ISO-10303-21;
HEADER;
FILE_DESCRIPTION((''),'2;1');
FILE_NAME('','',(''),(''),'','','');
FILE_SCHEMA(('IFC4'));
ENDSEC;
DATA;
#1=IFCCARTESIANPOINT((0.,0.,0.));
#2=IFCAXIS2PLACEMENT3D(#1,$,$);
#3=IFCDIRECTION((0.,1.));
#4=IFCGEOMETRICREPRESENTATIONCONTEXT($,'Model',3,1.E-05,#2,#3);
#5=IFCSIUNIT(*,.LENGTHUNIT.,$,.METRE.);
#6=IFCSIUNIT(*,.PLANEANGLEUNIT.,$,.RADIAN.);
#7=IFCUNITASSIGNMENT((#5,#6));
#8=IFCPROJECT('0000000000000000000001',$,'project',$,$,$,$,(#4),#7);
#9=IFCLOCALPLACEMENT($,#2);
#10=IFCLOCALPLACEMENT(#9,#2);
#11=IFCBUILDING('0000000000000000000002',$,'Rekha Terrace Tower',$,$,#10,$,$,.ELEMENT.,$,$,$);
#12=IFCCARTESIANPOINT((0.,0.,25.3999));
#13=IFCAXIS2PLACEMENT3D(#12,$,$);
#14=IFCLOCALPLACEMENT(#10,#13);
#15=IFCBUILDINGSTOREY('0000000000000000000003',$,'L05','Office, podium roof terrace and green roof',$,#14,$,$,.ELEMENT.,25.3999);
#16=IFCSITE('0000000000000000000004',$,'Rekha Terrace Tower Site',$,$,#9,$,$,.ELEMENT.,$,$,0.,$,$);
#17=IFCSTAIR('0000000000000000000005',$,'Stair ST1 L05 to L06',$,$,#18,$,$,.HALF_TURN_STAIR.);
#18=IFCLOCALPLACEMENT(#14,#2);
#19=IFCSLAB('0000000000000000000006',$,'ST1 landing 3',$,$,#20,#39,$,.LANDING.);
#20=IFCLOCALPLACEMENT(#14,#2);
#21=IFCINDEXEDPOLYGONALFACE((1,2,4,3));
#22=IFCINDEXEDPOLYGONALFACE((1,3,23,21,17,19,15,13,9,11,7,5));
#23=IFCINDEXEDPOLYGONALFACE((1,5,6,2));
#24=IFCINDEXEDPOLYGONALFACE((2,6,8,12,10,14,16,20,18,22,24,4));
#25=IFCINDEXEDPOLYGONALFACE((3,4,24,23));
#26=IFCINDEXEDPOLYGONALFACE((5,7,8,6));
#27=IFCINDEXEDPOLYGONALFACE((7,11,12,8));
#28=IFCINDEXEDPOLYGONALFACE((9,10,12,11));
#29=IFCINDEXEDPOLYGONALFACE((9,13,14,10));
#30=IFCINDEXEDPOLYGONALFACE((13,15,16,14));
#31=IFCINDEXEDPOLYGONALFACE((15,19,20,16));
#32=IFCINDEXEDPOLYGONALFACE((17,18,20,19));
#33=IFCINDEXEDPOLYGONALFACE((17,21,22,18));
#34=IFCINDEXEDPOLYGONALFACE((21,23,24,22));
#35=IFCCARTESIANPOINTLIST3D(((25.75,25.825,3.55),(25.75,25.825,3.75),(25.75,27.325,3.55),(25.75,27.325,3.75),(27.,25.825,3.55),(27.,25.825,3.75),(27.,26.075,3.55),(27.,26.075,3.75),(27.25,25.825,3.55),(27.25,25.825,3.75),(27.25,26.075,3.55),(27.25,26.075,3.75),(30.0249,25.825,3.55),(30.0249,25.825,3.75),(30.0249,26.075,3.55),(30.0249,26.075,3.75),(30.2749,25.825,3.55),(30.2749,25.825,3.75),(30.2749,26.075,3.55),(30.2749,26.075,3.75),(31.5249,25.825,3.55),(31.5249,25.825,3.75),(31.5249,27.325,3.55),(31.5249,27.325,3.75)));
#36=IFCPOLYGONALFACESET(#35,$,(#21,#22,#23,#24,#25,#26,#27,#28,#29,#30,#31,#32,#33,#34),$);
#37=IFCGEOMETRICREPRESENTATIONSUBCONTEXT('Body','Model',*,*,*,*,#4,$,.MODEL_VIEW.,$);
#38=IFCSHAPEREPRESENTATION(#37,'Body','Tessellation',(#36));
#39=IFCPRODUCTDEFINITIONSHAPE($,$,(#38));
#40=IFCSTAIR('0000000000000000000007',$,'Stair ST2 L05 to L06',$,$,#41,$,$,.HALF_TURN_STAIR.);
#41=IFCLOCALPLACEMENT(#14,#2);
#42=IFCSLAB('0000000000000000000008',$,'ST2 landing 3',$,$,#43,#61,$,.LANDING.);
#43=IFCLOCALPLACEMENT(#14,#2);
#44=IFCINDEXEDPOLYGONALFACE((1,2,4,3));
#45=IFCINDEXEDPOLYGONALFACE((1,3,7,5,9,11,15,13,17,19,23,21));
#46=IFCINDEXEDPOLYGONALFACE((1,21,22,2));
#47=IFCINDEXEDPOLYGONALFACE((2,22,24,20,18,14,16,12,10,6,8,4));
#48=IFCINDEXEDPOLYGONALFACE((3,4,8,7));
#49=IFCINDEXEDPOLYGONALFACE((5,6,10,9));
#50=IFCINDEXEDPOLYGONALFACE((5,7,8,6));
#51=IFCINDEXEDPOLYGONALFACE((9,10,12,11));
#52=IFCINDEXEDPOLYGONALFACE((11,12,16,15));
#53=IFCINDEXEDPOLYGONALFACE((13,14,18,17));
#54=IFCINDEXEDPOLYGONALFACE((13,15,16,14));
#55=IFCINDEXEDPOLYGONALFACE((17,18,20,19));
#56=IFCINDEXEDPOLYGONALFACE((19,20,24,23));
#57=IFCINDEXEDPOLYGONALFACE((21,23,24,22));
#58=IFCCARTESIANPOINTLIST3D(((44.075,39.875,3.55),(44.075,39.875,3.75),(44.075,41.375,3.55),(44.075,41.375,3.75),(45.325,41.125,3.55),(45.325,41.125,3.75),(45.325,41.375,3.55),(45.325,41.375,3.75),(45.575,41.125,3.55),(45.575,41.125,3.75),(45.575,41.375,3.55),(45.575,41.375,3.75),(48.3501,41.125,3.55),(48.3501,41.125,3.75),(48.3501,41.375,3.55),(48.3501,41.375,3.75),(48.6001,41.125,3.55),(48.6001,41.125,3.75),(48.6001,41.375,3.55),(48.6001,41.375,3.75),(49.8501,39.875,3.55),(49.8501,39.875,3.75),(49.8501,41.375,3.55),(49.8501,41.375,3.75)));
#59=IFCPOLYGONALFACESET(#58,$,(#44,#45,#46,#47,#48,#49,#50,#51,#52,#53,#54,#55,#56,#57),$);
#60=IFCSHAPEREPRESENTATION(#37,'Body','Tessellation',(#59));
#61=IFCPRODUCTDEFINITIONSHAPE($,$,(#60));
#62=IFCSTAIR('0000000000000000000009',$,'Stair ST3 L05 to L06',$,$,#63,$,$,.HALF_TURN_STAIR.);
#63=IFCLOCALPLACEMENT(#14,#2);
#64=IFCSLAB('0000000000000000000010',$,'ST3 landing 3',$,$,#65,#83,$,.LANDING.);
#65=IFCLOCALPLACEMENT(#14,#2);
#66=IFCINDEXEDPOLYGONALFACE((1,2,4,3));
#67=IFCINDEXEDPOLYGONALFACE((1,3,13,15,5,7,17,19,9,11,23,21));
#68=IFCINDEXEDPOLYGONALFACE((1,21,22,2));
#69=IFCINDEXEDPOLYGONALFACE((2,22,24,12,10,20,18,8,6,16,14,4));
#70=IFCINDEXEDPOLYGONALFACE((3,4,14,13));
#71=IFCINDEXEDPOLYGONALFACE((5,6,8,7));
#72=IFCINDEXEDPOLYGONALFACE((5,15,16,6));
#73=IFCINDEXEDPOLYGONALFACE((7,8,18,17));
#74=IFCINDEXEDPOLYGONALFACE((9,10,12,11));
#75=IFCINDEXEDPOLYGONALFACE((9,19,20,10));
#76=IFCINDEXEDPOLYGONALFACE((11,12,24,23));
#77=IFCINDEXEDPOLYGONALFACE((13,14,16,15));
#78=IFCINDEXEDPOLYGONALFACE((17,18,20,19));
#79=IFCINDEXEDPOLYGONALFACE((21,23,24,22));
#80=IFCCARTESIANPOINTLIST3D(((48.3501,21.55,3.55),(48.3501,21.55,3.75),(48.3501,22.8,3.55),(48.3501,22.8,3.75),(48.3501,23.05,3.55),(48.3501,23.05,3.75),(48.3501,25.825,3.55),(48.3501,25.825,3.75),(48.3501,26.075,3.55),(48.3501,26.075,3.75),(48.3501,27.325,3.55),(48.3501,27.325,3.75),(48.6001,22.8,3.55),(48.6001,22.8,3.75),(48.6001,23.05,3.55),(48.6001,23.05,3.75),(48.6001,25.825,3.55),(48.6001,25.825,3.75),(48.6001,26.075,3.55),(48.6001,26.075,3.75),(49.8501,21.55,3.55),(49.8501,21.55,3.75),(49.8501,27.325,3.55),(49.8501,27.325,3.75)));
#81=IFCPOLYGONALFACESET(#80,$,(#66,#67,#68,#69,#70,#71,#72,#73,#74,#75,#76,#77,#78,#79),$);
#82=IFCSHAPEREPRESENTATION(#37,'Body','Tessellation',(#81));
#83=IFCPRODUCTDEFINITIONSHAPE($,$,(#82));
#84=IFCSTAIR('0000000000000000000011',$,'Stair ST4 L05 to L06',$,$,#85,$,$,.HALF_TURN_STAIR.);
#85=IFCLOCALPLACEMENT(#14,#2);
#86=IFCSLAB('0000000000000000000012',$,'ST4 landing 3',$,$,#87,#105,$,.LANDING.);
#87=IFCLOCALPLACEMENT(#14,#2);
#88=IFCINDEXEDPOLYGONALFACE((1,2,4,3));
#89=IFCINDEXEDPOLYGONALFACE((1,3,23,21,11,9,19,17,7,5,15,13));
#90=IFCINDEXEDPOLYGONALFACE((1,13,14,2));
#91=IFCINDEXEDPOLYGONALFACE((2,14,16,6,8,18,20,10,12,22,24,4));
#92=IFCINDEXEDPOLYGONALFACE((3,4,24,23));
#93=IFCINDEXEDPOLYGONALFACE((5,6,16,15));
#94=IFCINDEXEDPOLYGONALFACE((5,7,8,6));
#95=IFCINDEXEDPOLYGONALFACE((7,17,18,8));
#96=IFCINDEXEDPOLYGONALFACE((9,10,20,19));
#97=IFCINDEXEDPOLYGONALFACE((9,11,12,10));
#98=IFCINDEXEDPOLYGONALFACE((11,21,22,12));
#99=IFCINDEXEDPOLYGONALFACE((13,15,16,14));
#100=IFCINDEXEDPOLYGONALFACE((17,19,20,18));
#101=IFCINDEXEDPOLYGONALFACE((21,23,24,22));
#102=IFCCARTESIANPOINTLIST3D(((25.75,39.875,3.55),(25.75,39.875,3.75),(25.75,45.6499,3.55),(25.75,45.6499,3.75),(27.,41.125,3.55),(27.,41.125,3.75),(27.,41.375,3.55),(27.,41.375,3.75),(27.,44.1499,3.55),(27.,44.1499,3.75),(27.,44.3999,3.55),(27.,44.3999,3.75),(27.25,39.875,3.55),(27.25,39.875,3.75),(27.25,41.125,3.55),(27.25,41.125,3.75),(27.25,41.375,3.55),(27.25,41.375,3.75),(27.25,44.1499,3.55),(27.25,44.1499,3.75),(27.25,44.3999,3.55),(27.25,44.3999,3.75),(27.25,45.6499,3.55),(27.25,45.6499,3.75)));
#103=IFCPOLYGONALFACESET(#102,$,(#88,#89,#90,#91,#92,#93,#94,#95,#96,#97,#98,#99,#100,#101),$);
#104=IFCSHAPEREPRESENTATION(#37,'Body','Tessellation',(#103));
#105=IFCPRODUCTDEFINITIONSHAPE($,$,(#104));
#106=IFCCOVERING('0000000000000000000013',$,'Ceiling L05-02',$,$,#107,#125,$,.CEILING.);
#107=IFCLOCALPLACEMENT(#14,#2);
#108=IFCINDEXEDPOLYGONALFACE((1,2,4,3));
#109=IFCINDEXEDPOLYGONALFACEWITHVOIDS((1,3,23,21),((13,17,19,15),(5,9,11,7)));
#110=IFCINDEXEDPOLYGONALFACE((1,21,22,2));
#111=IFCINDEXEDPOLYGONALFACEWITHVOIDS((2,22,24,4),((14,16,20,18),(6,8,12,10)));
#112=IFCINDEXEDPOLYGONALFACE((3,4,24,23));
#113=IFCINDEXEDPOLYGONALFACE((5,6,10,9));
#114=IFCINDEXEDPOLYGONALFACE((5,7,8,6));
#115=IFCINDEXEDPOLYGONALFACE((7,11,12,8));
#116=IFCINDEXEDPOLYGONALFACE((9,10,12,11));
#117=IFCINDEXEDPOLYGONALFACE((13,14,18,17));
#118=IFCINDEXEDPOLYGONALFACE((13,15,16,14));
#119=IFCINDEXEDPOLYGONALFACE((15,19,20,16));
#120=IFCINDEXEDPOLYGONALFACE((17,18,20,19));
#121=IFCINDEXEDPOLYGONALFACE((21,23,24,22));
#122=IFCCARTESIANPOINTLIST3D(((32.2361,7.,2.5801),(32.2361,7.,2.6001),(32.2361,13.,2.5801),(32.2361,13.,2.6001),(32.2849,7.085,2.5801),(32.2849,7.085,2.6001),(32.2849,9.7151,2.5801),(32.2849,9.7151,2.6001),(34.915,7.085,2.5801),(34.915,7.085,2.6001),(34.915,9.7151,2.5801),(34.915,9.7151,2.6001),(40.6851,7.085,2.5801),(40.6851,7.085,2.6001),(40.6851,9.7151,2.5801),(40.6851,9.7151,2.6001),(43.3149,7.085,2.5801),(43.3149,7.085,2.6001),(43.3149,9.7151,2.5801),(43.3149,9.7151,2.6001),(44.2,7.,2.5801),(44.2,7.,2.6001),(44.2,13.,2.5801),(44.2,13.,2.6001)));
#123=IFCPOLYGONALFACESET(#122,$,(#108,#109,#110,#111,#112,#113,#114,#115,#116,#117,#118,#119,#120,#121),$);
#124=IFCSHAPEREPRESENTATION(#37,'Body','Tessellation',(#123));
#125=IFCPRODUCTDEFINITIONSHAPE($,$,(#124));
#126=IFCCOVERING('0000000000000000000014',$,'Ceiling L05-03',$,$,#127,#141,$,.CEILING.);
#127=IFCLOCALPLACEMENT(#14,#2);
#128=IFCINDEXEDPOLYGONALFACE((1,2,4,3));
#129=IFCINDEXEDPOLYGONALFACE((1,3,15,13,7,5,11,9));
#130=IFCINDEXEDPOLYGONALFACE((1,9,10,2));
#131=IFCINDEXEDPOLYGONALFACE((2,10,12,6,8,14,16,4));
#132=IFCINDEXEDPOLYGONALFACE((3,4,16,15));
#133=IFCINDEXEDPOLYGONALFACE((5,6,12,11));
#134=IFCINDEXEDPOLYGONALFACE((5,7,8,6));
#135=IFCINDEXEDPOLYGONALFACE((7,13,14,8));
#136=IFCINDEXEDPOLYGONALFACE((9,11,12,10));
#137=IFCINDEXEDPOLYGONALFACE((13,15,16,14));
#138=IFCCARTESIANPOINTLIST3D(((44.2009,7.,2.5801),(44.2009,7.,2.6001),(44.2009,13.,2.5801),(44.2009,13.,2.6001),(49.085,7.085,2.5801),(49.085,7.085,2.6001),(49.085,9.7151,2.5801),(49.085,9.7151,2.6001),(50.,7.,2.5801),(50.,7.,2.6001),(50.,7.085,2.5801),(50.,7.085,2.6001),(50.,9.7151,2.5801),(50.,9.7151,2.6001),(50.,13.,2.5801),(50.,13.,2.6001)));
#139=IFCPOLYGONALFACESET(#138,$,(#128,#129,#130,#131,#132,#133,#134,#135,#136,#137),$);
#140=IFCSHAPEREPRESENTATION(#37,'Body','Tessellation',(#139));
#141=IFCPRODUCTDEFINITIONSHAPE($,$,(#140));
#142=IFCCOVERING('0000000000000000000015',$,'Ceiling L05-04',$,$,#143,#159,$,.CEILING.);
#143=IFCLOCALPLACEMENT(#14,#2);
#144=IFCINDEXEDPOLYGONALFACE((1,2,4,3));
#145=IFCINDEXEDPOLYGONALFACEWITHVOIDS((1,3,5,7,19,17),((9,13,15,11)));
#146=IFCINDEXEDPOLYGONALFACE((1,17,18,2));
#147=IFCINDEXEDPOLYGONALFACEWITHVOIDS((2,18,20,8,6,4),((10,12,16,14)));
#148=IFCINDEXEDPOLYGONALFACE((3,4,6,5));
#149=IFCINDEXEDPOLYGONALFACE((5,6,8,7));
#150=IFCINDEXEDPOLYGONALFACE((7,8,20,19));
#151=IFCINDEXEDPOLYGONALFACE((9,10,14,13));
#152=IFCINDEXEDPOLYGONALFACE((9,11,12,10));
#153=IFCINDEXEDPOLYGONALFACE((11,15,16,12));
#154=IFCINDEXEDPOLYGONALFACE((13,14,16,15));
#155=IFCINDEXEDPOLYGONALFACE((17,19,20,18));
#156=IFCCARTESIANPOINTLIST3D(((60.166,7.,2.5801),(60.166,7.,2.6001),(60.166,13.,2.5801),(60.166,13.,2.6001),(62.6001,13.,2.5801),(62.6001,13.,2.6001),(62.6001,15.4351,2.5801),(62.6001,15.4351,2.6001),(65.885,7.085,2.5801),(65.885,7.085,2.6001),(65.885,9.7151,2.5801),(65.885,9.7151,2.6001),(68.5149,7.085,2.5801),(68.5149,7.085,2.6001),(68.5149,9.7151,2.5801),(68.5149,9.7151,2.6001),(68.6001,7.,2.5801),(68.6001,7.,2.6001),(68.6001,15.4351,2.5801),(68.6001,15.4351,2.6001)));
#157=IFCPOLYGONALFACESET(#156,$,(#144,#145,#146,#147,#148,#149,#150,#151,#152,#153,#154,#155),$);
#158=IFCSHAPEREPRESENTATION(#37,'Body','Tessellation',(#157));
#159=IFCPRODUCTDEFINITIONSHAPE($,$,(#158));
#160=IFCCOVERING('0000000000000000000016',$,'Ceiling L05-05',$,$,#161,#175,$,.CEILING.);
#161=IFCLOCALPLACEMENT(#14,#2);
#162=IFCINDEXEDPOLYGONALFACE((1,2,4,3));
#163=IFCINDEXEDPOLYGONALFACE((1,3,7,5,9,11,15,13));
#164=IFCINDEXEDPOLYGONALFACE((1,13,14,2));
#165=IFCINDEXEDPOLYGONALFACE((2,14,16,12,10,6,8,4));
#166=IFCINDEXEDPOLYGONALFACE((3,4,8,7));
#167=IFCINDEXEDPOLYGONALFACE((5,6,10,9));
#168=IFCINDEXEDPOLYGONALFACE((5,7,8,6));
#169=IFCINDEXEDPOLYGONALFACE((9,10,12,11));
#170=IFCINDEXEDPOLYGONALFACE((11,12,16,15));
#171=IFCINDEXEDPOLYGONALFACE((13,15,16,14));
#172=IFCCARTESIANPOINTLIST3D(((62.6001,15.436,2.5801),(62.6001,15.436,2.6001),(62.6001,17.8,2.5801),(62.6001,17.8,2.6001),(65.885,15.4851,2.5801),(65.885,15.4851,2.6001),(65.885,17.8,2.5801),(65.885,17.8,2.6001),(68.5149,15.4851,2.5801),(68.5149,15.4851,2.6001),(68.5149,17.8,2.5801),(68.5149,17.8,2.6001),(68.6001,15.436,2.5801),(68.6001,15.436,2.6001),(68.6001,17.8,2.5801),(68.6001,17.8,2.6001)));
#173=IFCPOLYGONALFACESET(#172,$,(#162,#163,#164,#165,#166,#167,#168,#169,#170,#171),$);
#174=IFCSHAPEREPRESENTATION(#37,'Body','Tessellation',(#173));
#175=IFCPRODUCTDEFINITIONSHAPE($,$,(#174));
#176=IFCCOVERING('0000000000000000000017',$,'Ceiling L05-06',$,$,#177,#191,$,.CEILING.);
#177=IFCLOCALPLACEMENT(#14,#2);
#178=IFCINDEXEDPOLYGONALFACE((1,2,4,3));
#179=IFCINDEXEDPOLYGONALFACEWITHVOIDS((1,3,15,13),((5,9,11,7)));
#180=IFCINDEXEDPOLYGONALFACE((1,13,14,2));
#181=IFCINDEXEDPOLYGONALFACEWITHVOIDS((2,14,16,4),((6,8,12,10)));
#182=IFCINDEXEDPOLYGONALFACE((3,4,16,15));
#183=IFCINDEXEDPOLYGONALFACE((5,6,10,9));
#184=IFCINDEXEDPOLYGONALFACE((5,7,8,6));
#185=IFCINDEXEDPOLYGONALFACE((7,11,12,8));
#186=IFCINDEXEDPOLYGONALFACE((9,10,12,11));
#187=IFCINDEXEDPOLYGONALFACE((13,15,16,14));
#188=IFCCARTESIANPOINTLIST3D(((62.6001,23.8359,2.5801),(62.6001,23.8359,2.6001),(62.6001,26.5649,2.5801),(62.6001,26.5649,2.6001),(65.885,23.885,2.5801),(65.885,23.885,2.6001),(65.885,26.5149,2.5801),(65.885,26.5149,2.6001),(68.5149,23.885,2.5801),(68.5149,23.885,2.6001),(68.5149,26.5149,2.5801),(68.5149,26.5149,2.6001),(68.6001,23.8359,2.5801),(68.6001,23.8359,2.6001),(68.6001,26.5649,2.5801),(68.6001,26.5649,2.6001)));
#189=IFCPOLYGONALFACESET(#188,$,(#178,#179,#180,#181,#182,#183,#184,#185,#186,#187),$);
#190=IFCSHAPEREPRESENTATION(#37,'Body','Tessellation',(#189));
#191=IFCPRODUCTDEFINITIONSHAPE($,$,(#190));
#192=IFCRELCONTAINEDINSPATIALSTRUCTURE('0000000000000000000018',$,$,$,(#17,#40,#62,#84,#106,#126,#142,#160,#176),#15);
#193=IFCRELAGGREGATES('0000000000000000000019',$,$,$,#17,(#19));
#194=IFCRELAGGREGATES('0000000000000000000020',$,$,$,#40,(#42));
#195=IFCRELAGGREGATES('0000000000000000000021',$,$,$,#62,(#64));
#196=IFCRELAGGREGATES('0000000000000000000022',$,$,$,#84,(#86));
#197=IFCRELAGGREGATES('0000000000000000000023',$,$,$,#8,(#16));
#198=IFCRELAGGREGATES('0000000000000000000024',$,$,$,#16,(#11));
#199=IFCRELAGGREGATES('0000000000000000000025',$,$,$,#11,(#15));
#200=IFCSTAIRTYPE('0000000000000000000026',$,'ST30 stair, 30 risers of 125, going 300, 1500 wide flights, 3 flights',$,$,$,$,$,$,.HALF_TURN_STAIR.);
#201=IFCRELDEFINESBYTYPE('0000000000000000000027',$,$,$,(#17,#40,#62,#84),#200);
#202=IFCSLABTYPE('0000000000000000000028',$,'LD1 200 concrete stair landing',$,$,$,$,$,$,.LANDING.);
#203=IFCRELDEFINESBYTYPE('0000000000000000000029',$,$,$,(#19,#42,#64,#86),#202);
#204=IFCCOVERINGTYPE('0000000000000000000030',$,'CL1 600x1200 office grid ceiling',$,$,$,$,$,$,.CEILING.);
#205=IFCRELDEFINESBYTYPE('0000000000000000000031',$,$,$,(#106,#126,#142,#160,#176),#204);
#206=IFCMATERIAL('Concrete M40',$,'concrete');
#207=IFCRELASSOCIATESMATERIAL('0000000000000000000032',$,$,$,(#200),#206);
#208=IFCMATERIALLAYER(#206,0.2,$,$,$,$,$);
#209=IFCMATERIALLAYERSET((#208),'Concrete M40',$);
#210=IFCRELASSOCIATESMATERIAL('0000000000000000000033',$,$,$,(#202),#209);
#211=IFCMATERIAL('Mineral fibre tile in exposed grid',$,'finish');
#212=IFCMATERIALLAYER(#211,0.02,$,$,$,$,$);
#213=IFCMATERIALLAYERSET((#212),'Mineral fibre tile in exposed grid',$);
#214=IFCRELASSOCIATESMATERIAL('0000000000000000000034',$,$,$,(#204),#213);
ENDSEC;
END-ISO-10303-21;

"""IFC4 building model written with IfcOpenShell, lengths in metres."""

from ifc_helpers import new_model, si_unit, direction, frame, origin, place, context, subcontext, project, spatial, polyline, outline, extrude, material, layer, layer_set, type_object, element, aggregate, save


model = new_model("IFC4")

# Units and contexts
model_context = context("Model", 3, precision=1e-05, world=origin(), true_north=direction((0.0, 1.0)))
body_context = subcontext(model_context, "Body", "Model", "MODEL_VIEW")
ifc_project = project(units=[si_unit("LENGTHUNIT", "METRE"), si_unit("PLANEANGLEUNIT", "RADIAN")], contexts=[model_context])

# Site, building, storey
site_placement = place(None, origin())
site = spatial("IfcSite", under=ifc_project, at=site_placement, Name="Rekha Terrace Tower Site", CompositionType="ELEMENT", RefElevation=0.0)
building_placement = place(site_placement, origin())
building = spatial("IfcBuilding", under=site, at=building_placement, Name="Rekha Terrace Tower", CompositionType="ELEMENT")
storey_placement = place(building_placement, frame((0.0, 0.0, 25.3999)))
storey = spatial("IfcBuildingStorey", under=building, at=storey_placement, Name="L05", Description="Office, podium roof terrace and green roof", CompositionType="ELEMENT", Elevation=25.3999)

# Stairs, slabs
ifc_material_1 = material(Name="Concrete M40", Category="concrete")
stair_type = type_object("IfcStairType", Name="ST30 stair, 30 risers of 125, going 300, 1500 wide flights, 3 flights", PredefinedType="HALF_TURN_STAIR", material=ifc_material_1)
stair_1_placement = place(storey_placement, origin())
stair_1 = element("IfcStair", 1, at=stair_1_placement, inside=storey, type_object=stair_type, Name="Stair ST1 L05 to L06", PredefinedType="HALF_TURN_STAIR")
ifc_layer_1 = layer(ifc_material_1, 0.2)
ifc_layer_set_1 = layer_set([ifc_layer_1], Name="Concrete M40")
slab_type = type_object("IfcSlabType", Name="LD1 200 concrete stair landing", PredefinedType="LANDING", material=ifc_layer_set_1)
slab_1_placement = place(storey_placement, frame((0.0, 0.0, 3.55)))
slab_1 = element("IfcSlab", 2, at=slab_1_placement, type_object=slab_type, Name="ST1 landing 3", PredefinedType="LANDING", context=body_context, shape_type="SweptSolid", body=[
    extrude(outline(polyline([(31.5249, 25.825), (31.5249, 27.325), (25.75, 27.325), (25.75, 25.825), (27.0, 25.825), (27.0, 26.075), (27.25, 26.075), (27.25, 25.825), (30.0249, 25.825), (30.0249, 26.075), (30.2749, 26.075), (30.2749, 25.825), (31.5249, 25.825)])), origin(), (0.0, 0.0, 1.0), 0.2),
])
aggregate(stair_1, [slab_1])
stair_2_placement = place(storey_placement, origin())
stair_2 = element("IfcStair", 3, at=stair_2_placement, inside=storey, type_object=stair_type, Name="Stair ST2 L05 to L06", PredefinedType="HALF_TURN_STAIR")
slab_2_placement = place(storey_placement, frame((0.0, 0.0, 3.55)))
slab_2 = element("IfcSlab", 4, at=slab_2_placement, type_object=slab_type, Name="ST2 landing 3", PredefinedType="LANDING", context=body_context, shape_type="SweptSolid", body=[
    extrude(outline(polyline([(44.075, 41.375), (44.075, 39.875), (49.8501, 39.875), (49.8501, 41.375), (48.6001, 41.375), (48.6001, 41.125), (48.3501, 41.125), (48.3501, 41.375), (45.575, 41.375), (45.575, 41.125), (45.325, 41.125), (45.325, 41.375), (44.075, 41.375)])), origin(), (0.0, 0.0, 1.0), 0.2),
])
aggregate(stair_2, [slab_2])
stair_3_placement = place(storey_placement, origin())
stair_3 = element("IfcStair", 5, at=stair_3_placement, inside=storey, type_object=stair_type, Name="Stair ST3 L05 to L06", PredefinedType="HALF_TURN_STAIR")
slab_3_placement = place(storey_placement, frame((0.0, 0.0, 3.55)))
slab_3 = element("IfcSlab", 6, at=slab_3_placement, type_object=slab_type, Name="ST3 landing 3", PredefinedType="LANDING", context=body_context, shape_type="SweptSolid", body=[
    extrude(outline(polyline([(48.3501, 21.55), (49.8501, 21.55), (49.8501, 27.325), (48.3501, 27.325), (48.3501, 26.075), (48.6001, 26.075), (48.6001, 25.825), (48.3501, 25.825), (48.3501, 23.05), (48.6001, 23.05), (48.6001, 22.8), (48.3501, 22.8), (48.3501, 21.55)])), origin(), (0.0, 0.0, 1.0), 0.2),
])
aggregate(stair_3, [slab_3])
stair_4_placement = place(storey_placement, origin())
stair_4 = element("IfcStair", 7, at=stair_4_placement, inside=storey, type_object=stair_type, Name="Stair ST4 L05 to L06", PredefinedType="HALF_TURN_STAIR")
slab_4_placement = place(storey_placement, frame((0.0, 0.0, 3.55)))
slab_4 = element("IfcSlab", 8, at=slab_4_placement, type_object=slab_type, Name="ST4 landing 3", PredefinedType="LANDING", context=body_context, shape_type="SweptSolid", body=[
    extrude(outline(polyline([(27.25, 39.875), (25.75, 39.875), (25.75, 45.6499), (27.25, 45.6499), (27.25, 44.3999), (27.0, 44.3999), (27.0, 44.1499), (27.25, 44.1499), (27.25, 41.375), (27.0, 41.375), (27.0, 41.125), (27.25, 41.125), (27.25, 39.875)])), origin(), (0.0, 0.0, 1.0), 0.2),
])
aggregate(stair_4, [slab_4])

# Coverings
ifc_material_2 = material(Name="Mineral fibre tile in exposed grid", Category="finish")
ifc_layer_2 = layer(ifc_material_2, 0.02)
ifc_layer_set_2 = layer_set([ifc_layer_2], Name="Mineral fibre tile in exposed grid")
covering_type_1 = type_object("IfcCoveringType", Name="CL1 600x1200 office grid ceiling", PredefinedType="CEILING", material=ifc_layer_set_2)
covering_1_placement = place(storey_placement, frame((0.0, 0.0, 2.5801)))
element("IfcCovering", 9, at=covering_1_placement, inside=storey, type_object=covering_type_1, Name="Ceiling L05-02", PredefinedType="CEILING", context=body_context, shape_type="SweptSolid", body=[
    extrude(outline(polyline([(44.2, 7.0), (44.2, 13.0), (32.2361, 13.0), (32.2361, 7.0), (44.2, 7.0)]), holes=[polyline([(43.3149, 7.085), (40.6851, 7.085), (40.6851, 9.7151), (43.3149, 9.7151), (43.3149, 7.085)]), polyline([(34.915, 7.085), (32.2849, 7.085), (32.2849, 9.7151), (34.915, 9.7151), (34.915, 7.085)])]), origin(), (0.0, 0.0, 1.0), 0.02),
])
covering_2_placement = place(storey_placement, frame((0.0, 0.0, 2.5801)))
element("IfcCovering", 10, at=covering_2_placement, inside=storey, type_object=covering_type_1, Name="Ceiling L05-03", PredefinedType="CEILING", context=body_context, shape_type="SweptSolid", body=[
    extrude(outline(polyline([(50.0, 9.7151), (50.0, 13.0), (44.2009, 13.0), (44.2009, 7.0), (50.0, 7.0), (50.0, 7.085), (49.085, 7.085), (49.085, 9.7151), (50.0, 9.7151)])), origin(), (0.0, 0.0, 1.0), 0.02),
])
covering_3_placement = place(storey_placement, frame((0.0, 0.0, 2.5801)))
element("IfcCovering", 11, at=covering_3_placement, inside=storey, type_object=covering_type_1, Name="Ceiling L05-04", PredefinedType="CEILING", context=body_context, shape_type="SweptSolid", body=[
    extrude(outline(polyline([(62.6001, 13.0), (60.166, 13.0), (60.166, 7.0), (68.6001, 7.0), (68.6001, 15.4351), (62.6001, 15.4351), (62.6001, 13.0)]), holes=[polyline([(68.5149, 7.085), (65.885, 7.085), (65.885, 9.7151), (68.5149, 9.7151), (68.5149, 7.085)])]), origin(), (0.0, 0.0, 1.0), 0.02),
])
covering_4_placement = place(storey_placement, frame((0.0, 0.0, 2.5801)))
element("IfcCovering", 12, at=covering_4_placement, inside=storey, type_object=covering_type_1, Name="Ceiling L05-05", PredefinedType="CEILING", context=body_context, shape_type="SweptSolid", body=[
    extrude(outline(polyline([(65.885, 17.8), (62.6001, 17.8), (62.6001, 15.436), (68.6001, 15.436), (68.6001, 17.8), (68.5149, 17.8), (68.5149, 15.4851), (65.885, 15.4851), (65.885, 17.8)])), origin(), (0.0, 0.0, 1.0), 0.02),
])
covering_5_placement = place(storey_placement, frame((0.0, 0.0, 2.5801)))
element("IfcCovering", 13, at=covering_5_placement, inside=storey, type_object=covering_type_1, Name="Ceiling L05-06", PredefinedType="CEILING", context=body_context, shape_type="SweptSolid", body=[
    extrude(outline(polyline([(68.6001, 26.5649), (62.6001, 26.5649), (62.6001, 23.8359), (68.6001, 23.8359), (68.6001, 26.5649)]), holes=[polyline([(68.5149, 23.885), (65.885, 23.885), (65.885, 26.5149), (68.5149, 26.5149), (68.5149, 23.885)])]), origin(), (0.0, 0.0, 1.0), 0.02),
])

save(model, "model.ifc")
